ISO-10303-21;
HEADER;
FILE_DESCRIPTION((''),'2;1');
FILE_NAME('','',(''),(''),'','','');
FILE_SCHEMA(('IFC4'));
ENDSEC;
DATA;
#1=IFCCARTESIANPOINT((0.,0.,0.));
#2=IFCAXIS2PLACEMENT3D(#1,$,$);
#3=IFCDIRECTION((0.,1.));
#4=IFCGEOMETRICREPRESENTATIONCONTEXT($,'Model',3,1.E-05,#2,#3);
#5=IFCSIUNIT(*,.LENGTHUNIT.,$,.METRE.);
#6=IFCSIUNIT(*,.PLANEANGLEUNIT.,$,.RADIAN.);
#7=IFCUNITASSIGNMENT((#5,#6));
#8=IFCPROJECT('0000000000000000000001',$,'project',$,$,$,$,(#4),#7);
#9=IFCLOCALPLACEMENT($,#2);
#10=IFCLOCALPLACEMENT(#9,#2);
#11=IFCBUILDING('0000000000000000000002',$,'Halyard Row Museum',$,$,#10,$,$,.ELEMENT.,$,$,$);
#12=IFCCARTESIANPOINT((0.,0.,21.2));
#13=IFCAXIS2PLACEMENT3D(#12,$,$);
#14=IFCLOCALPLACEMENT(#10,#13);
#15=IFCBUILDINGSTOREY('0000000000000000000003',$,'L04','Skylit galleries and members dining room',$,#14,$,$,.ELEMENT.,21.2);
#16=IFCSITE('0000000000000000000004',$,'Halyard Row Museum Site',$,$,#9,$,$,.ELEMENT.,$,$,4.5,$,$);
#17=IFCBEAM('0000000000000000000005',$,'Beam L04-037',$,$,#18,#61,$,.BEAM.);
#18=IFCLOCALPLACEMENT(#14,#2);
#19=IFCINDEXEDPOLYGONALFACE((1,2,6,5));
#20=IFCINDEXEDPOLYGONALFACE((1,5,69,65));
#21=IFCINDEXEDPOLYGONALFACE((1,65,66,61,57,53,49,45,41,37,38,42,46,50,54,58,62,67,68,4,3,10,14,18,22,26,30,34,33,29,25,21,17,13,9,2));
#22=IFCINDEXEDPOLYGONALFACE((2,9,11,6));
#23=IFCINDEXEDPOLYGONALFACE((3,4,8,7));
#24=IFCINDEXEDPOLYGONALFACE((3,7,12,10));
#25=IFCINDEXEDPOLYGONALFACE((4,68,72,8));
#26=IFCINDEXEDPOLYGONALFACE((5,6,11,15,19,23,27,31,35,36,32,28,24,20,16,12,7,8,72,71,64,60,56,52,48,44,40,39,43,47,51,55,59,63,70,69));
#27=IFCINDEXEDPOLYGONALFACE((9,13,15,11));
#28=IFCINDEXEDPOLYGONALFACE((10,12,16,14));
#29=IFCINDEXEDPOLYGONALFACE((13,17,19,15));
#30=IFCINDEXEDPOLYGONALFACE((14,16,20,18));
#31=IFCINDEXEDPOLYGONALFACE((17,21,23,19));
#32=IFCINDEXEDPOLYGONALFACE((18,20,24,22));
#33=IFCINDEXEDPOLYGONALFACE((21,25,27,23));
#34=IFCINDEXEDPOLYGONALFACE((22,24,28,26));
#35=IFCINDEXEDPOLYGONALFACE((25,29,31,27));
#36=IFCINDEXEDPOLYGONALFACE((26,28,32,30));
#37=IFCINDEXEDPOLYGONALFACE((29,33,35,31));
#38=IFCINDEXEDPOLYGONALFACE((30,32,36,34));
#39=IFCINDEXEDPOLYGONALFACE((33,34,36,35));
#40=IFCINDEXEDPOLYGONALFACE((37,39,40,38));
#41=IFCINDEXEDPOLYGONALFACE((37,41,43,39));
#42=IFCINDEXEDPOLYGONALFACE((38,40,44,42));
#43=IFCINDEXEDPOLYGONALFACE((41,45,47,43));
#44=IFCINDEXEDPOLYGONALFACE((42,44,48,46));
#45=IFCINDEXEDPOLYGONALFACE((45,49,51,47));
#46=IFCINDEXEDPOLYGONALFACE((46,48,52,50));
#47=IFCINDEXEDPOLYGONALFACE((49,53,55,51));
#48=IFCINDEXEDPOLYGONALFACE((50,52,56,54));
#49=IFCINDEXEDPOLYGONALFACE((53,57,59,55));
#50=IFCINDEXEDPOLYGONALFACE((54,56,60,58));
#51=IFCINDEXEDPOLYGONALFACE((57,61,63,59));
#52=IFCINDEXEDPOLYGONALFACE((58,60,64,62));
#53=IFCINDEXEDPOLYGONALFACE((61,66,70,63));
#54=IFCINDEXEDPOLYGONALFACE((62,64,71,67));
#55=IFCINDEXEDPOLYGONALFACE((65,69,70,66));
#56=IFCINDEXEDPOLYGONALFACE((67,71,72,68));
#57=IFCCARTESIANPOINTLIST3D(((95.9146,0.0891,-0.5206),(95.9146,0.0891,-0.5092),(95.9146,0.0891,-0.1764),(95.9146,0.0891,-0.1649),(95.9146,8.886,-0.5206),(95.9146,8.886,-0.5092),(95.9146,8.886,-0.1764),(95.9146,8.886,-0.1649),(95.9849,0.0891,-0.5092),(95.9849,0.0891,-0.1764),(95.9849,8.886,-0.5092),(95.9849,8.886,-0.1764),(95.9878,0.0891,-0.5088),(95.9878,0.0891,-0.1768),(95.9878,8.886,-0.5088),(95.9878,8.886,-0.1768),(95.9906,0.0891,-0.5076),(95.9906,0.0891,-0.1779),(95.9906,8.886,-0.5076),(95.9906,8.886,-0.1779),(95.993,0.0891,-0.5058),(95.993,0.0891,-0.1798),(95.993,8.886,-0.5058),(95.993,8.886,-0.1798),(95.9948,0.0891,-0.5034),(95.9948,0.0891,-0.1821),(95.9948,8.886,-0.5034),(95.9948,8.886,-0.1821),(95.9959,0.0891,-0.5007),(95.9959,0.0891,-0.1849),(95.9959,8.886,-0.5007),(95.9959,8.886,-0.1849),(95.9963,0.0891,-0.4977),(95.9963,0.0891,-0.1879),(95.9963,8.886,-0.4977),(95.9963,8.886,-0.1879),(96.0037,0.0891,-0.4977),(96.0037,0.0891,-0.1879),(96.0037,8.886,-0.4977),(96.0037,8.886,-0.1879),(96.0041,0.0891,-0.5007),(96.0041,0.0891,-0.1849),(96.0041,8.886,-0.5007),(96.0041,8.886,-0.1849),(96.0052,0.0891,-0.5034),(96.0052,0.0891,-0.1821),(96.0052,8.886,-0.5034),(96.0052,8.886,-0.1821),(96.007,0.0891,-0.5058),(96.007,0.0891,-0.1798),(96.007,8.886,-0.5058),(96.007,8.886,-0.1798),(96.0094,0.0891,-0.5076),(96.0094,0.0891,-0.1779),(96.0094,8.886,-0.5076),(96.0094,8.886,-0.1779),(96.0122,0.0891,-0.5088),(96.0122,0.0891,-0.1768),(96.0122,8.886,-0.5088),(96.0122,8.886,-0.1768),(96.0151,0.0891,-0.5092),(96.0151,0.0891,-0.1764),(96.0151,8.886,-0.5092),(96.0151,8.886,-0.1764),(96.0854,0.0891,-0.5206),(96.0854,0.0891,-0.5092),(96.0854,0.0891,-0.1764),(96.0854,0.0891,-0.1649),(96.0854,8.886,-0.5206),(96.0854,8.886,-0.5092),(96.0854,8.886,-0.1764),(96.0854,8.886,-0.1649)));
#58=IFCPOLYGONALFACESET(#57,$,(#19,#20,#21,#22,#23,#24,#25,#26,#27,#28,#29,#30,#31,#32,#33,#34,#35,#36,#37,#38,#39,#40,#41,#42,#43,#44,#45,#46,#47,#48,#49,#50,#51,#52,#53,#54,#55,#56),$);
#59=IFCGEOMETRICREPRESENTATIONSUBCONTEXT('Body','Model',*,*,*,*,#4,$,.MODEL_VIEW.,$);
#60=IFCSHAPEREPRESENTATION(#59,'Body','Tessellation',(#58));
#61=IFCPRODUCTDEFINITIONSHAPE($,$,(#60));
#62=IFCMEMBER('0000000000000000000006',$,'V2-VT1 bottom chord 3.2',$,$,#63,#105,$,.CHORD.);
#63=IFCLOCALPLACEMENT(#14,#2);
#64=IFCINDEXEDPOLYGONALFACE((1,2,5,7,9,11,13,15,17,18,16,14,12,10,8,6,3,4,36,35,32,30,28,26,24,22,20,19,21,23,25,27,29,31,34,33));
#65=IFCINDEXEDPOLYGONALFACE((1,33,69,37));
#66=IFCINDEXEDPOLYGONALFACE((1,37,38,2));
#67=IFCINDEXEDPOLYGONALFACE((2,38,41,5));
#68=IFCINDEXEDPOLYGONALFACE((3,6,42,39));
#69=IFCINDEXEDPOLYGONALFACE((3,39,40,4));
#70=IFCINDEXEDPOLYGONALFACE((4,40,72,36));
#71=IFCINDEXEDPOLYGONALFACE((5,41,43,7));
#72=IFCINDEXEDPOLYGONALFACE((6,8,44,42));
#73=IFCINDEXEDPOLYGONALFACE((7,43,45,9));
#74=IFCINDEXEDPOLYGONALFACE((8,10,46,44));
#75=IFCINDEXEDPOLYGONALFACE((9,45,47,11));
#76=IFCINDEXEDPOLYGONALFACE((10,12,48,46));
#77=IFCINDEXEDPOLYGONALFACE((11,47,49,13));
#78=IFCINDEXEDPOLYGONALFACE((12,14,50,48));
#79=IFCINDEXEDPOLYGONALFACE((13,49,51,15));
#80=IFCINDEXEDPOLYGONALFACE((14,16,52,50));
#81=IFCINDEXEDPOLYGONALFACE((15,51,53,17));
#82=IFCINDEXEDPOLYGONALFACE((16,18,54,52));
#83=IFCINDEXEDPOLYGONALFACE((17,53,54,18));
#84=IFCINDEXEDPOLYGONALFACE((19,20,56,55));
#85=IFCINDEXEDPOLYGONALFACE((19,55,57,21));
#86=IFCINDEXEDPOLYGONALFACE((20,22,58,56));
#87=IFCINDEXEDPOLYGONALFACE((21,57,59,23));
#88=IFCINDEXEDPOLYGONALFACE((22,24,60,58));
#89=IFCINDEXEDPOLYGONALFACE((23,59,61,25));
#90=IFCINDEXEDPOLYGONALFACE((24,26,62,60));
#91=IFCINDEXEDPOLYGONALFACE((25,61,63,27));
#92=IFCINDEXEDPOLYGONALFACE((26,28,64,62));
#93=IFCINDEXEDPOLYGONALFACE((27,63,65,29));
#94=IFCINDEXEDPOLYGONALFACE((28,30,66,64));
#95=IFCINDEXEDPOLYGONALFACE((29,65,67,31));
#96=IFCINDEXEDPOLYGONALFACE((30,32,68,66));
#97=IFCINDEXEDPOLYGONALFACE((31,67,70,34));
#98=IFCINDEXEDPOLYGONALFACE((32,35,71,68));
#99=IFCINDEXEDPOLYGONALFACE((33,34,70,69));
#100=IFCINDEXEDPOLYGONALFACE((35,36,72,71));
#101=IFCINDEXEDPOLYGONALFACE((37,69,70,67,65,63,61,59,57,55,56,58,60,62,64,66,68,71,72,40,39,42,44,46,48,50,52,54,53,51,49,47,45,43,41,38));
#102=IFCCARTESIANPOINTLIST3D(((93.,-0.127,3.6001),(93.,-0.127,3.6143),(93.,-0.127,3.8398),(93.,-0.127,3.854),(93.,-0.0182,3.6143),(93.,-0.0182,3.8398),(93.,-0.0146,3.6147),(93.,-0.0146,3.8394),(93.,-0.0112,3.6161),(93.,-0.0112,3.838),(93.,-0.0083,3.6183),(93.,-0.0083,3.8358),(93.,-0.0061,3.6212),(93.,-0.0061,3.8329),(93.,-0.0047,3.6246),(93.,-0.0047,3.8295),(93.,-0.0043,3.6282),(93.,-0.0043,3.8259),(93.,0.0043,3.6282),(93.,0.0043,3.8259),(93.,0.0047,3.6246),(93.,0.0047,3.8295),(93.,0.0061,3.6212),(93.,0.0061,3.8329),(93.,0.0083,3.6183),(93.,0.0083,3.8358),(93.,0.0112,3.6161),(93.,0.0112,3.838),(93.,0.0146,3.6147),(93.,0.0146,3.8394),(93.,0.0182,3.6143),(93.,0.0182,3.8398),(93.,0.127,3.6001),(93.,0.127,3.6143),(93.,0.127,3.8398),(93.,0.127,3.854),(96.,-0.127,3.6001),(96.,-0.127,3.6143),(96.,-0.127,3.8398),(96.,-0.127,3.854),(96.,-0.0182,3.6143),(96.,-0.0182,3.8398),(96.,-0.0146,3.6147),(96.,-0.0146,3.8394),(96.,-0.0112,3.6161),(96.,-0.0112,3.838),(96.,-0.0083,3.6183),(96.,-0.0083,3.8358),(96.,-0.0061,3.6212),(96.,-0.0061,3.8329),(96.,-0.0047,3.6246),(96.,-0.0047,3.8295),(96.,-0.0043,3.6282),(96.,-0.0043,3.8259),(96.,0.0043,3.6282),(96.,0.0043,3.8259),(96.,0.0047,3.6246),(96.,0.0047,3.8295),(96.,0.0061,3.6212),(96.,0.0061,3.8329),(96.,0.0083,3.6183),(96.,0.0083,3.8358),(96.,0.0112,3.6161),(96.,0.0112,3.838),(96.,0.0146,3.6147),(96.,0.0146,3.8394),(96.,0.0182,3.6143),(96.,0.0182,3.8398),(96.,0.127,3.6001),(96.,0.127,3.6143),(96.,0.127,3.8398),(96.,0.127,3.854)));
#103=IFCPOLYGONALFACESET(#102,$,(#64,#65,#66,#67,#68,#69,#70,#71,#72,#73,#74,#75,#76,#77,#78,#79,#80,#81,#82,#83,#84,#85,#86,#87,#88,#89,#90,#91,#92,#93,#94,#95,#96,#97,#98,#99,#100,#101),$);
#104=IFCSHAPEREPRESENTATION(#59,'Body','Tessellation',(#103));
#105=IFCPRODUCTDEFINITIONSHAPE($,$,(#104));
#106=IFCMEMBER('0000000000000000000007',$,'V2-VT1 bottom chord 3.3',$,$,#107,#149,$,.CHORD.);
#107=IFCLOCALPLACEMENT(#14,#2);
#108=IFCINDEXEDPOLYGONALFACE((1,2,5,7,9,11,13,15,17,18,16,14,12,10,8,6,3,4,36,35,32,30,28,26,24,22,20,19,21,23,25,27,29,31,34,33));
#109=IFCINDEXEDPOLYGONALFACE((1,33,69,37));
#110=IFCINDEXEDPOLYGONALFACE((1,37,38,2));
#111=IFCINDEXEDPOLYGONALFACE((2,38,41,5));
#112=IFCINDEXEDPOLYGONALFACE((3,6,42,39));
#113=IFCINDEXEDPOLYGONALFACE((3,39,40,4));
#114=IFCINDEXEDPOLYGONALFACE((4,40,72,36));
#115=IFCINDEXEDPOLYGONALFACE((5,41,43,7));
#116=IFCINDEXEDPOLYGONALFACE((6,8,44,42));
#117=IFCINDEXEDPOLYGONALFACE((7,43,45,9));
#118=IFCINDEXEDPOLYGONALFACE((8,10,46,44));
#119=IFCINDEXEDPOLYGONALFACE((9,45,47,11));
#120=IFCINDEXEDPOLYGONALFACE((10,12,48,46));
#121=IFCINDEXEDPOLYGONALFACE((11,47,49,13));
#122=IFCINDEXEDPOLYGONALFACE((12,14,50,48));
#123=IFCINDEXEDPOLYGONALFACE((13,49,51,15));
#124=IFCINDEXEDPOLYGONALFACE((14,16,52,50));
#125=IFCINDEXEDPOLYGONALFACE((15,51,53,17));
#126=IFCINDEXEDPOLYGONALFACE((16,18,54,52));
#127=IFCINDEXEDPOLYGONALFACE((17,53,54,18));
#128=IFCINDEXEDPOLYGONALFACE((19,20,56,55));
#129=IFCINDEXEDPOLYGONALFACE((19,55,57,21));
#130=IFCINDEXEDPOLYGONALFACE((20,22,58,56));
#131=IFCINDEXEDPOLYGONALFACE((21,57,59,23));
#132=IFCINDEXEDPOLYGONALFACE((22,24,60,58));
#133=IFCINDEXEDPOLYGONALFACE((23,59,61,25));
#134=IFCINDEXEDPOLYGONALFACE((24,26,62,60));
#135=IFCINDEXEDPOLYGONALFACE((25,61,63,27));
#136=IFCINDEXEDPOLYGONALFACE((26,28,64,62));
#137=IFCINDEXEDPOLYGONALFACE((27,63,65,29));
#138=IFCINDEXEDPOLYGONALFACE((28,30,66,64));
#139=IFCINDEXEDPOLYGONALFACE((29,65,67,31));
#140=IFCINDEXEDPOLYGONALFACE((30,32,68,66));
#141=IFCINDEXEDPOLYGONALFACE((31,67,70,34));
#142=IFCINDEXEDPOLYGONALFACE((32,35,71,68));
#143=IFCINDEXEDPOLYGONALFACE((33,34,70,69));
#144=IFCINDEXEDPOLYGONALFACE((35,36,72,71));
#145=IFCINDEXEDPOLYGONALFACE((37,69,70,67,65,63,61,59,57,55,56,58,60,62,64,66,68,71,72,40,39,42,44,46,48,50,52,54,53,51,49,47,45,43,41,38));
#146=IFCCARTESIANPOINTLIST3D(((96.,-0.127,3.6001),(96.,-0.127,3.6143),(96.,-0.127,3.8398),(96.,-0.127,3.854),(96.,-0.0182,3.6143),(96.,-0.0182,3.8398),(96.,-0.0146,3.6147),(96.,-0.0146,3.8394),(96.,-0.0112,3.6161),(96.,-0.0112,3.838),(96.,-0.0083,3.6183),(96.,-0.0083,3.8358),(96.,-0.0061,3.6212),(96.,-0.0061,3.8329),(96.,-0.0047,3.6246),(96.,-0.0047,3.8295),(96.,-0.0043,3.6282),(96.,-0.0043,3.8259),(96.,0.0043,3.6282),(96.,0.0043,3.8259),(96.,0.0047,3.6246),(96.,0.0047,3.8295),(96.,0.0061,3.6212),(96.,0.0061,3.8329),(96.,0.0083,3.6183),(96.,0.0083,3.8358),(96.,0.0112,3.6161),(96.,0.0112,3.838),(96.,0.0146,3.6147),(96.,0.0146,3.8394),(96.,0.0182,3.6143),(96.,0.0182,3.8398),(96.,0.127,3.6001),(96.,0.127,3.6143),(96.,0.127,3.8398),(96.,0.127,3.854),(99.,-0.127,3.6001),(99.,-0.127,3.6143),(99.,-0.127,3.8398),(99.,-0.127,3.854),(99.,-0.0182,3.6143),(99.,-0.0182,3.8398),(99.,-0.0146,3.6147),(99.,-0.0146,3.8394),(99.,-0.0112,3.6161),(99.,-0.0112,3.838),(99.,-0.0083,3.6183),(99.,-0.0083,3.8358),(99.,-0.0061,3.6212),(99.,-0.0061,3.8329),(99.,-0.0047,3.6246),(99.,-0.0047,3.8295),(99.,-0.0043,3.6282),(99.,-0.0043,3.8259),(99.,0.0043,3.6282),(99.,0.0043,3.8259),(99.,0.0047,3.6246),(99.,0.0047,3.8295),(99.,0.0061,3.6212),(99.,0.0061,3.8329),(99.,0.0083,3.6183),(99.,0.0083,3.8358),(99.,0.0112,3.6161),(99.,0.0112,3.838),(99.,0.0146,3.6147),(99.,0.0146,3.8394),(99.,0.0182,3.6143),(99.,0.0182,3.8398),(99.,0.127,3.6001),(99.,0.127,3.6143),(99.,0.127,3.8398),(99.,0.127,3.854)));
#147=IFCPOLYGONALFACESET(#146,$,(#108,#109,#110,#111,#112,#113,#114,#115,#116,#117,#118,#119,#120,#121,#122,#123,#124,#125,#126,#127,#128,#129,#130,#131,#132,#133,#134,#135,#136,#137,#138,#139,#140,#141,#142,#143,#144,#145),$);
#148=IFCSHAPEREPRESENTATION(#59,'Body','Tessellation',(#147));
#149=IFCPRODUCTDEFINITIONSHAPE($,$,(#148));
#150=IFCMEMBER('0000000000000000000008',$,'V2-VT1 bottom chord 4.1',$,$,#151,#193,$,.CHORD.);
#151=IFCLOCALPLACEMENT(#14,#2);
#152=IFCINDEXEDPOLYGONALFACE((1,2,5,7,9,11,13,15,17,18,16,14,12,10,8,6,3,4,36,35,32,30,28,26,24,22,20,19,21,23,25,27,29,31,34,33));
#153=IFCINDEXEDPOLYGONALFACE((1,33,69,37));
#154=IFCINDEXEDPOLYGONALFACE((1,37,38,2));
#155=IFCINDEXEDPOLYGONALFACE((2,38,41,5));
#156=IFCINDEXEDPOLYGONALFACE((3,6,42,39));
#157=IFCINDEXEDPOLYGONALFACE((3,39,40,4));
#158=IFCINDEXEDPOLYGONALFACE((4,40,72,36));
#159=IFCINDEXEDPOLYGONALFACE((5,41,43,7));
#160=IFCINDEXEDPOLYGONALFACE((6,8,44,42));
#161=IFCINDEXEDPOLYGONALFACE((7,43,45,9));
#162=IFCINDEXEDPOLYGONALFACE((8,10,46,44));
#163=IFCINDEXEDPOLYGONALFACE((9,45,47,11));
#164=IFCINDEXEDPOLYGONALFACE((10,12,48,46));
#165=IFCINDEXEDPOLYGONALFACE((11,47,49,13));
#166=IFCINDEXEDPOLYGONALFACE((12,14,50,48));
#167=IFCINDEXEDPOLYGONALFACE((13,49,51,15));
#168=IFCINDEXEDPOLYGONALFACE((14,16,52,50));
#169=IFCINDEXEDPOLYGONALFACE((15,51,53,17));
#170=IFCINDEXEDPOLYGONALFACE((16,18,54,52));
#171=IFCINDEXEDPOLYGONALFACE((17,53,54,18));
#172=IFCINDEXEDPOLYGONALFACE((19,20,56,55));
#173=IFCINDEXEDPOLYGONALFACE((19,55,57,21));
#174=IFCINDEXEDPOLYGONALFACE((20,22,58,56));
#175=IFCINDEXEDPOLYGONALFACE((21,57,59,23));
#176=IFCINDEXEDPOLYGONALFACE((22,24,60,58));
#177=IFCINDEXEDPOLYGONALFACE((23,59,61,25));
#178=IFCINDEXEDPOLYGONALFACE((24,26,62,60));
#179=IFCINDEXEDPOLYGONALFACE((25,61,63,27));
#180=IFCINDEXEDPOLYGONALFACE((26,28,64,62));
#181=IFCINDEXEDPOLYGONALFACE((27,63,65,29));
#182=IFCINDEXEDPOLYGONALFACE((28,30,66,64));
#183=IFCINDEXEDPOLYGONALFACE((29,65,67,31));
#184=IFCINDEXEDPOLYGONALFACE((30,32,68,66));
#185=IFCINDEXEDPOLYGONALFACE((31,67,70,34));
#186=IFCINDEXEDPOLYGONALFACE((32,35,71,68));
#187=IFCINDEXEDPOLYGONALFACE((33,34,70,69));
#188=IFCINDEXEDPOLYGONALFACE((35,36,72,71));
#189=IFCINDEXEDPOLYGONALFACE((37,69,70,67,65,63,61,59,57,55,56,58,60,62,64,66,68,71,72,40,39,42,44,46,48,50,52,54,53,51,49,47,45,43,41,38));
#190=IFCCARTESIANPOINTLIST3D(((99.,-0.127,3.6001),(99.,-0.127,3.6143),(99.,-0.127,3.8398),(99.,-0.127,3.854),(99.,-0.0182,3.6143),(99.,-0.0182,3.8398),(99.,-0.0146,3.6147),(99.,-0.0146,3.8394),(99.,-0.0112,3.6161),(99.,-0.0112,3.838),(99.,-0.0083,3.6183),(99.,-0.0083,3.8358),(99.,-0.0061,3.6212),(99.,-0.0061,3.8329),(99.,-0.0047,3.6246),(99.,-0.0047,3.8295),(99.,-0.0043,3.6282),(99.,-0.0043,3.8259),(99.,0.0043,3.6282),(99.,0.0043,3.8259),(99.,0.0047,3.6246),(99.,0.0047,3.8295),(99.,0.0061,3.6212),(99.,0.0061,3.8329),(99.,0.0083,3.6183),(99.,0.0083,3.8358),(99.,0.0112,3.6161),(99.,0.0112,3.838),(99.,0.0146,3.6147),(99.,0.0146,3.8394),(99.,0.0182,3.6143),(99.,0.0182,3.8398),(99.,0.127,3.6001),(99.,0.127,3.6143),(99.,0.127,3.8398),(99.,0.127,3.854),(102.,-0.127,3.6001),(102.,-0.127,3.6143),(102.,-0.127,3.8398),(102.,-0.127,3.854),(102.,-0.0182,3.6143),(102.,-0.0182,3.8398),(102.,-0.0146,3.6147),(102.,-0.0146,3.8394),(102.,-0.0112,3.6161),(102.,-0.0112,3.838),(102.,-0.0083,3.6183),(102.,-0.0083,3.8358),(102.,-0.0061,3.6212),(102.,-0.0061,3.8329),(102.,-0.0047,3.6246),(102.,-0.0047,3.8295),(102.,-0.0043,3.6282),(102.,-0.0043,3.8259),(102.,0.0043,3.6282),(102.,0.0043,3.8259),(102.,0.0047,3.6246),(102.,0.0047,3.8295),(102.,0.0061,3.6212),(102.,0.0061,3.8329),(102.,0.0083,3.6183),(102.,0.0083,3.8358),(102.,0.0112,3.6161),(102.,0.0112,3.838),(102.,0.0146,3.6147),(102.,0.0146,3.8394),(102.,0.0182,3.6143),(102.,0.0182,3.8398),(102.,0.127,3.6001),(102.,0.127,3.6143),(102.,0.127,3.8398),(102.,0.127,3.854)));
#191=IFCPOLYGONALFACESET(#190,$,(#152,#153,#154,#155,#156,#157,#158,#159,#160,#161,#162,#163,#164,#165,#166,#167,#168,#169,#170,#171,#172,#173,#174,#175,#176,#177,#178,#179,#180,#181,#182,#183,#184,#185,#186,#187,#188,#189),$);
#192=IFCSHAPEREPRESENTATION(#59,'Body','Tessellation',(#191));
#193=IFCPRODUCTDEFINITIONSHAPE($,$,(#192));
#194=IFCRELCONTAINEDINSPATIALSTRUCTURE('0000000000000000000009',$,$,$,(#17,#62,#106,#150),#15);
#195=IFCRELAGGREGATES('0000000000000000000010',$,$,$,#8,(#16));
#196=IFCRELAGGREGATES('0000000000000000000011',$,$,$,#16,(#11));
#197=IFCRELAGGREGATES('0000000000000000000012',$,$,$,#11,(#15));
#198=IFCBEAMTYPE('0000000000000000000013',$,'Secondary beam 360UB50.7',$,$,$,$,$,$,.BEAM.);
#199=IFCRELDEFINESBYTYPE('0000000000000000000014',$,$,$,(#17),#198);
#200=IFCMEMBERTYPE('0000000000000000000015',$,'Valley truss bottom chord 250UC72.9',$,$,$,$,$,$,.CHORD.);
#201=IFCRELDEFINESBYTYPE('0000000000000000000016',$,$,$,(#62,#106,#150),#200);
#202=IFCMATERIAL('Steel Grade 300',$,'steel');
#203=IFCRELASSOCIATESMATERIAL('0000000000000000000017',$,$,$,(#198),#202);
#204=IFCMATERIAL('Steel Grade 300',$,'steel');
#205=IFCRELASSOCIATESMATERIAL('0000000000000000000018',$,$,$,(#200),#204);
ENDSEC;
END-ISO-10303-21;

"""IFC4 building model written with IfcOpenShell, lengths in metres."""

from ifc_helpers import new_model, si_unit, direction, frame, origin, origin_2d, place, context, subcontext, project, spatial, i_section, extrude, material, material_profile, profile_set, type_object, element, save


model = new_model("IFC4")

# Units and contexts
model_context = context("Model", 3, precision=1e-05, world=origin(), true_north=direction((0.0, 1.0)))
body_context = subcontext(model_context, "Body", "Model", "MODEL_VIEW")
ifc_project = project(units=[si_unit("LENGTHUNIT", "METRE"), si_unit("PLANEANGLEUNIT", "RADIAN")], contexts=[model_context])

# Site, building, storey
site_placement = place(None, origin())
site = spatial("IfcSite", under=ifc_project, at=site_placement, Name="Halyard Row Museum Site", CompositionType="ELEMENT", RefElevation=4.5)
building_placement = place(site_placement, origin())
building = spatial("IfcBuilding", under=site, at=building_placement, Name="Halyard Row Museum", CompositionType="ELEMENT")
storey_placement = place(building_placement, frame((0.0, 0.0, 21.2)))
storey = spatial("IfcBuildingStorey", under=building, at=storey_placement, Name="L04", Description="Skylit galleries and members dining room", CompositionType="ELEMENT", Elevation=21.2)

# Beam
ifc_material_1 = material(Name="Steel Grade 300", Category="steel")
ifc_material_profile_1 = material_profile(ifc_material_1, i_section(OverallWidth=0.1709, OverallDepth=0.3557, WebThickness=0.0073, FlangeThickness=0.0115, FilletRadius=0.0115, at=origin_2d()), Name="360UB50.7")
ifc_profile_set_1 = profile_set([ifc_material_profile_1], Name="Steel Grade 300")
beam_type_1 = type_object("IfcBeamType", Name="Secondary beam 360UB50.7", PredefinedType="BEAM", material=ifc_profile_set_1)
for number, where, z_axis, x_axis, name in (
    (1, (96.0, 0.0891, -0.3428), (0.0, 1.0, 0.0), (-1.0, 0.0, 0.0), "Beam L04-037"),
):
    element("IfcBeam", number, at=place(storey_placement, frame(where, z_axis=z_axis, x_axis=x_axis)), inside=storey, type_object=beam_type_1, Name=name, PredefinedType="BEAM", context=body_context, shape_type="SweptSolid", body=[
        extrude(i_section(OverallWidth=0.1709, OverallDepth=0.3557, WebThickness=0.0073, FlangeThickness=0.0115, FilletRadius=0.0115, at=origin_2d()), origin(), (0.0, 0.0, 1.0), 8.7969),
    ])

# Members
ifc_material_2 = material(Name="Steel Grade 300", Category="steel")
ifc_material_profile_2 = material_profile(ifc_material_2, i_section(OverallWidth=0.2539, OverallDepth=0.2539, WebThickness=0.0085, FlangeThickness=0.0142, FilletRadius=0.0139, at=origin_2d()), Name="250UC72.9")
ifc_profile_set_2 = profile_set([ifc_material_profile_2], Name="Steel Grade 300")
member_type_1 = type_object("IfcMemberType", Name="Valley truss bottom chord 250UC72.9", PredefinedType="CHORD", material=ifc_profile_set_2)
for number, where, z_axis, x_axis, name in (
    (2, (93.0, 0.0, 3.7271), (1.0, 0.0, 0.0), (0.0, 1.0, 0.0), "V2-VT1 bottom chord 3.2"),
    (3, (96.0, 0.0, 3.7271), (1.0, 0.0, 0.0), (0.0, 1.0, 0.0), "V2-VT1 bottom chord 3.3"),
    (4, (99.0, 0.0, 3.7271), (1.0, 0.0, 0.0), (0.0, 1.0, 0.0), "V2-VT1 bottom chord 4.1"),
):
    element("IfcMember", number, at=place(storey_placement, frame(where, z_axis=z_axis, x_axis=x_axis)), inside=storey, type_object=member_type_1, Name=name, PredefinedType="CHORD", context=body_context, shape_type="SweptSolid", body=[
        extrude(i_section(OverallWidth=0.2539, OverallDepth=0.2539, WebThickness=0.0085, FlangeThickness=0.0142, FilletRadius=0.0139, at=origin_2d()), origin(), (0.0, 0.0, 1.0), 3.0),
    ])

save(model, "model.ifc")
